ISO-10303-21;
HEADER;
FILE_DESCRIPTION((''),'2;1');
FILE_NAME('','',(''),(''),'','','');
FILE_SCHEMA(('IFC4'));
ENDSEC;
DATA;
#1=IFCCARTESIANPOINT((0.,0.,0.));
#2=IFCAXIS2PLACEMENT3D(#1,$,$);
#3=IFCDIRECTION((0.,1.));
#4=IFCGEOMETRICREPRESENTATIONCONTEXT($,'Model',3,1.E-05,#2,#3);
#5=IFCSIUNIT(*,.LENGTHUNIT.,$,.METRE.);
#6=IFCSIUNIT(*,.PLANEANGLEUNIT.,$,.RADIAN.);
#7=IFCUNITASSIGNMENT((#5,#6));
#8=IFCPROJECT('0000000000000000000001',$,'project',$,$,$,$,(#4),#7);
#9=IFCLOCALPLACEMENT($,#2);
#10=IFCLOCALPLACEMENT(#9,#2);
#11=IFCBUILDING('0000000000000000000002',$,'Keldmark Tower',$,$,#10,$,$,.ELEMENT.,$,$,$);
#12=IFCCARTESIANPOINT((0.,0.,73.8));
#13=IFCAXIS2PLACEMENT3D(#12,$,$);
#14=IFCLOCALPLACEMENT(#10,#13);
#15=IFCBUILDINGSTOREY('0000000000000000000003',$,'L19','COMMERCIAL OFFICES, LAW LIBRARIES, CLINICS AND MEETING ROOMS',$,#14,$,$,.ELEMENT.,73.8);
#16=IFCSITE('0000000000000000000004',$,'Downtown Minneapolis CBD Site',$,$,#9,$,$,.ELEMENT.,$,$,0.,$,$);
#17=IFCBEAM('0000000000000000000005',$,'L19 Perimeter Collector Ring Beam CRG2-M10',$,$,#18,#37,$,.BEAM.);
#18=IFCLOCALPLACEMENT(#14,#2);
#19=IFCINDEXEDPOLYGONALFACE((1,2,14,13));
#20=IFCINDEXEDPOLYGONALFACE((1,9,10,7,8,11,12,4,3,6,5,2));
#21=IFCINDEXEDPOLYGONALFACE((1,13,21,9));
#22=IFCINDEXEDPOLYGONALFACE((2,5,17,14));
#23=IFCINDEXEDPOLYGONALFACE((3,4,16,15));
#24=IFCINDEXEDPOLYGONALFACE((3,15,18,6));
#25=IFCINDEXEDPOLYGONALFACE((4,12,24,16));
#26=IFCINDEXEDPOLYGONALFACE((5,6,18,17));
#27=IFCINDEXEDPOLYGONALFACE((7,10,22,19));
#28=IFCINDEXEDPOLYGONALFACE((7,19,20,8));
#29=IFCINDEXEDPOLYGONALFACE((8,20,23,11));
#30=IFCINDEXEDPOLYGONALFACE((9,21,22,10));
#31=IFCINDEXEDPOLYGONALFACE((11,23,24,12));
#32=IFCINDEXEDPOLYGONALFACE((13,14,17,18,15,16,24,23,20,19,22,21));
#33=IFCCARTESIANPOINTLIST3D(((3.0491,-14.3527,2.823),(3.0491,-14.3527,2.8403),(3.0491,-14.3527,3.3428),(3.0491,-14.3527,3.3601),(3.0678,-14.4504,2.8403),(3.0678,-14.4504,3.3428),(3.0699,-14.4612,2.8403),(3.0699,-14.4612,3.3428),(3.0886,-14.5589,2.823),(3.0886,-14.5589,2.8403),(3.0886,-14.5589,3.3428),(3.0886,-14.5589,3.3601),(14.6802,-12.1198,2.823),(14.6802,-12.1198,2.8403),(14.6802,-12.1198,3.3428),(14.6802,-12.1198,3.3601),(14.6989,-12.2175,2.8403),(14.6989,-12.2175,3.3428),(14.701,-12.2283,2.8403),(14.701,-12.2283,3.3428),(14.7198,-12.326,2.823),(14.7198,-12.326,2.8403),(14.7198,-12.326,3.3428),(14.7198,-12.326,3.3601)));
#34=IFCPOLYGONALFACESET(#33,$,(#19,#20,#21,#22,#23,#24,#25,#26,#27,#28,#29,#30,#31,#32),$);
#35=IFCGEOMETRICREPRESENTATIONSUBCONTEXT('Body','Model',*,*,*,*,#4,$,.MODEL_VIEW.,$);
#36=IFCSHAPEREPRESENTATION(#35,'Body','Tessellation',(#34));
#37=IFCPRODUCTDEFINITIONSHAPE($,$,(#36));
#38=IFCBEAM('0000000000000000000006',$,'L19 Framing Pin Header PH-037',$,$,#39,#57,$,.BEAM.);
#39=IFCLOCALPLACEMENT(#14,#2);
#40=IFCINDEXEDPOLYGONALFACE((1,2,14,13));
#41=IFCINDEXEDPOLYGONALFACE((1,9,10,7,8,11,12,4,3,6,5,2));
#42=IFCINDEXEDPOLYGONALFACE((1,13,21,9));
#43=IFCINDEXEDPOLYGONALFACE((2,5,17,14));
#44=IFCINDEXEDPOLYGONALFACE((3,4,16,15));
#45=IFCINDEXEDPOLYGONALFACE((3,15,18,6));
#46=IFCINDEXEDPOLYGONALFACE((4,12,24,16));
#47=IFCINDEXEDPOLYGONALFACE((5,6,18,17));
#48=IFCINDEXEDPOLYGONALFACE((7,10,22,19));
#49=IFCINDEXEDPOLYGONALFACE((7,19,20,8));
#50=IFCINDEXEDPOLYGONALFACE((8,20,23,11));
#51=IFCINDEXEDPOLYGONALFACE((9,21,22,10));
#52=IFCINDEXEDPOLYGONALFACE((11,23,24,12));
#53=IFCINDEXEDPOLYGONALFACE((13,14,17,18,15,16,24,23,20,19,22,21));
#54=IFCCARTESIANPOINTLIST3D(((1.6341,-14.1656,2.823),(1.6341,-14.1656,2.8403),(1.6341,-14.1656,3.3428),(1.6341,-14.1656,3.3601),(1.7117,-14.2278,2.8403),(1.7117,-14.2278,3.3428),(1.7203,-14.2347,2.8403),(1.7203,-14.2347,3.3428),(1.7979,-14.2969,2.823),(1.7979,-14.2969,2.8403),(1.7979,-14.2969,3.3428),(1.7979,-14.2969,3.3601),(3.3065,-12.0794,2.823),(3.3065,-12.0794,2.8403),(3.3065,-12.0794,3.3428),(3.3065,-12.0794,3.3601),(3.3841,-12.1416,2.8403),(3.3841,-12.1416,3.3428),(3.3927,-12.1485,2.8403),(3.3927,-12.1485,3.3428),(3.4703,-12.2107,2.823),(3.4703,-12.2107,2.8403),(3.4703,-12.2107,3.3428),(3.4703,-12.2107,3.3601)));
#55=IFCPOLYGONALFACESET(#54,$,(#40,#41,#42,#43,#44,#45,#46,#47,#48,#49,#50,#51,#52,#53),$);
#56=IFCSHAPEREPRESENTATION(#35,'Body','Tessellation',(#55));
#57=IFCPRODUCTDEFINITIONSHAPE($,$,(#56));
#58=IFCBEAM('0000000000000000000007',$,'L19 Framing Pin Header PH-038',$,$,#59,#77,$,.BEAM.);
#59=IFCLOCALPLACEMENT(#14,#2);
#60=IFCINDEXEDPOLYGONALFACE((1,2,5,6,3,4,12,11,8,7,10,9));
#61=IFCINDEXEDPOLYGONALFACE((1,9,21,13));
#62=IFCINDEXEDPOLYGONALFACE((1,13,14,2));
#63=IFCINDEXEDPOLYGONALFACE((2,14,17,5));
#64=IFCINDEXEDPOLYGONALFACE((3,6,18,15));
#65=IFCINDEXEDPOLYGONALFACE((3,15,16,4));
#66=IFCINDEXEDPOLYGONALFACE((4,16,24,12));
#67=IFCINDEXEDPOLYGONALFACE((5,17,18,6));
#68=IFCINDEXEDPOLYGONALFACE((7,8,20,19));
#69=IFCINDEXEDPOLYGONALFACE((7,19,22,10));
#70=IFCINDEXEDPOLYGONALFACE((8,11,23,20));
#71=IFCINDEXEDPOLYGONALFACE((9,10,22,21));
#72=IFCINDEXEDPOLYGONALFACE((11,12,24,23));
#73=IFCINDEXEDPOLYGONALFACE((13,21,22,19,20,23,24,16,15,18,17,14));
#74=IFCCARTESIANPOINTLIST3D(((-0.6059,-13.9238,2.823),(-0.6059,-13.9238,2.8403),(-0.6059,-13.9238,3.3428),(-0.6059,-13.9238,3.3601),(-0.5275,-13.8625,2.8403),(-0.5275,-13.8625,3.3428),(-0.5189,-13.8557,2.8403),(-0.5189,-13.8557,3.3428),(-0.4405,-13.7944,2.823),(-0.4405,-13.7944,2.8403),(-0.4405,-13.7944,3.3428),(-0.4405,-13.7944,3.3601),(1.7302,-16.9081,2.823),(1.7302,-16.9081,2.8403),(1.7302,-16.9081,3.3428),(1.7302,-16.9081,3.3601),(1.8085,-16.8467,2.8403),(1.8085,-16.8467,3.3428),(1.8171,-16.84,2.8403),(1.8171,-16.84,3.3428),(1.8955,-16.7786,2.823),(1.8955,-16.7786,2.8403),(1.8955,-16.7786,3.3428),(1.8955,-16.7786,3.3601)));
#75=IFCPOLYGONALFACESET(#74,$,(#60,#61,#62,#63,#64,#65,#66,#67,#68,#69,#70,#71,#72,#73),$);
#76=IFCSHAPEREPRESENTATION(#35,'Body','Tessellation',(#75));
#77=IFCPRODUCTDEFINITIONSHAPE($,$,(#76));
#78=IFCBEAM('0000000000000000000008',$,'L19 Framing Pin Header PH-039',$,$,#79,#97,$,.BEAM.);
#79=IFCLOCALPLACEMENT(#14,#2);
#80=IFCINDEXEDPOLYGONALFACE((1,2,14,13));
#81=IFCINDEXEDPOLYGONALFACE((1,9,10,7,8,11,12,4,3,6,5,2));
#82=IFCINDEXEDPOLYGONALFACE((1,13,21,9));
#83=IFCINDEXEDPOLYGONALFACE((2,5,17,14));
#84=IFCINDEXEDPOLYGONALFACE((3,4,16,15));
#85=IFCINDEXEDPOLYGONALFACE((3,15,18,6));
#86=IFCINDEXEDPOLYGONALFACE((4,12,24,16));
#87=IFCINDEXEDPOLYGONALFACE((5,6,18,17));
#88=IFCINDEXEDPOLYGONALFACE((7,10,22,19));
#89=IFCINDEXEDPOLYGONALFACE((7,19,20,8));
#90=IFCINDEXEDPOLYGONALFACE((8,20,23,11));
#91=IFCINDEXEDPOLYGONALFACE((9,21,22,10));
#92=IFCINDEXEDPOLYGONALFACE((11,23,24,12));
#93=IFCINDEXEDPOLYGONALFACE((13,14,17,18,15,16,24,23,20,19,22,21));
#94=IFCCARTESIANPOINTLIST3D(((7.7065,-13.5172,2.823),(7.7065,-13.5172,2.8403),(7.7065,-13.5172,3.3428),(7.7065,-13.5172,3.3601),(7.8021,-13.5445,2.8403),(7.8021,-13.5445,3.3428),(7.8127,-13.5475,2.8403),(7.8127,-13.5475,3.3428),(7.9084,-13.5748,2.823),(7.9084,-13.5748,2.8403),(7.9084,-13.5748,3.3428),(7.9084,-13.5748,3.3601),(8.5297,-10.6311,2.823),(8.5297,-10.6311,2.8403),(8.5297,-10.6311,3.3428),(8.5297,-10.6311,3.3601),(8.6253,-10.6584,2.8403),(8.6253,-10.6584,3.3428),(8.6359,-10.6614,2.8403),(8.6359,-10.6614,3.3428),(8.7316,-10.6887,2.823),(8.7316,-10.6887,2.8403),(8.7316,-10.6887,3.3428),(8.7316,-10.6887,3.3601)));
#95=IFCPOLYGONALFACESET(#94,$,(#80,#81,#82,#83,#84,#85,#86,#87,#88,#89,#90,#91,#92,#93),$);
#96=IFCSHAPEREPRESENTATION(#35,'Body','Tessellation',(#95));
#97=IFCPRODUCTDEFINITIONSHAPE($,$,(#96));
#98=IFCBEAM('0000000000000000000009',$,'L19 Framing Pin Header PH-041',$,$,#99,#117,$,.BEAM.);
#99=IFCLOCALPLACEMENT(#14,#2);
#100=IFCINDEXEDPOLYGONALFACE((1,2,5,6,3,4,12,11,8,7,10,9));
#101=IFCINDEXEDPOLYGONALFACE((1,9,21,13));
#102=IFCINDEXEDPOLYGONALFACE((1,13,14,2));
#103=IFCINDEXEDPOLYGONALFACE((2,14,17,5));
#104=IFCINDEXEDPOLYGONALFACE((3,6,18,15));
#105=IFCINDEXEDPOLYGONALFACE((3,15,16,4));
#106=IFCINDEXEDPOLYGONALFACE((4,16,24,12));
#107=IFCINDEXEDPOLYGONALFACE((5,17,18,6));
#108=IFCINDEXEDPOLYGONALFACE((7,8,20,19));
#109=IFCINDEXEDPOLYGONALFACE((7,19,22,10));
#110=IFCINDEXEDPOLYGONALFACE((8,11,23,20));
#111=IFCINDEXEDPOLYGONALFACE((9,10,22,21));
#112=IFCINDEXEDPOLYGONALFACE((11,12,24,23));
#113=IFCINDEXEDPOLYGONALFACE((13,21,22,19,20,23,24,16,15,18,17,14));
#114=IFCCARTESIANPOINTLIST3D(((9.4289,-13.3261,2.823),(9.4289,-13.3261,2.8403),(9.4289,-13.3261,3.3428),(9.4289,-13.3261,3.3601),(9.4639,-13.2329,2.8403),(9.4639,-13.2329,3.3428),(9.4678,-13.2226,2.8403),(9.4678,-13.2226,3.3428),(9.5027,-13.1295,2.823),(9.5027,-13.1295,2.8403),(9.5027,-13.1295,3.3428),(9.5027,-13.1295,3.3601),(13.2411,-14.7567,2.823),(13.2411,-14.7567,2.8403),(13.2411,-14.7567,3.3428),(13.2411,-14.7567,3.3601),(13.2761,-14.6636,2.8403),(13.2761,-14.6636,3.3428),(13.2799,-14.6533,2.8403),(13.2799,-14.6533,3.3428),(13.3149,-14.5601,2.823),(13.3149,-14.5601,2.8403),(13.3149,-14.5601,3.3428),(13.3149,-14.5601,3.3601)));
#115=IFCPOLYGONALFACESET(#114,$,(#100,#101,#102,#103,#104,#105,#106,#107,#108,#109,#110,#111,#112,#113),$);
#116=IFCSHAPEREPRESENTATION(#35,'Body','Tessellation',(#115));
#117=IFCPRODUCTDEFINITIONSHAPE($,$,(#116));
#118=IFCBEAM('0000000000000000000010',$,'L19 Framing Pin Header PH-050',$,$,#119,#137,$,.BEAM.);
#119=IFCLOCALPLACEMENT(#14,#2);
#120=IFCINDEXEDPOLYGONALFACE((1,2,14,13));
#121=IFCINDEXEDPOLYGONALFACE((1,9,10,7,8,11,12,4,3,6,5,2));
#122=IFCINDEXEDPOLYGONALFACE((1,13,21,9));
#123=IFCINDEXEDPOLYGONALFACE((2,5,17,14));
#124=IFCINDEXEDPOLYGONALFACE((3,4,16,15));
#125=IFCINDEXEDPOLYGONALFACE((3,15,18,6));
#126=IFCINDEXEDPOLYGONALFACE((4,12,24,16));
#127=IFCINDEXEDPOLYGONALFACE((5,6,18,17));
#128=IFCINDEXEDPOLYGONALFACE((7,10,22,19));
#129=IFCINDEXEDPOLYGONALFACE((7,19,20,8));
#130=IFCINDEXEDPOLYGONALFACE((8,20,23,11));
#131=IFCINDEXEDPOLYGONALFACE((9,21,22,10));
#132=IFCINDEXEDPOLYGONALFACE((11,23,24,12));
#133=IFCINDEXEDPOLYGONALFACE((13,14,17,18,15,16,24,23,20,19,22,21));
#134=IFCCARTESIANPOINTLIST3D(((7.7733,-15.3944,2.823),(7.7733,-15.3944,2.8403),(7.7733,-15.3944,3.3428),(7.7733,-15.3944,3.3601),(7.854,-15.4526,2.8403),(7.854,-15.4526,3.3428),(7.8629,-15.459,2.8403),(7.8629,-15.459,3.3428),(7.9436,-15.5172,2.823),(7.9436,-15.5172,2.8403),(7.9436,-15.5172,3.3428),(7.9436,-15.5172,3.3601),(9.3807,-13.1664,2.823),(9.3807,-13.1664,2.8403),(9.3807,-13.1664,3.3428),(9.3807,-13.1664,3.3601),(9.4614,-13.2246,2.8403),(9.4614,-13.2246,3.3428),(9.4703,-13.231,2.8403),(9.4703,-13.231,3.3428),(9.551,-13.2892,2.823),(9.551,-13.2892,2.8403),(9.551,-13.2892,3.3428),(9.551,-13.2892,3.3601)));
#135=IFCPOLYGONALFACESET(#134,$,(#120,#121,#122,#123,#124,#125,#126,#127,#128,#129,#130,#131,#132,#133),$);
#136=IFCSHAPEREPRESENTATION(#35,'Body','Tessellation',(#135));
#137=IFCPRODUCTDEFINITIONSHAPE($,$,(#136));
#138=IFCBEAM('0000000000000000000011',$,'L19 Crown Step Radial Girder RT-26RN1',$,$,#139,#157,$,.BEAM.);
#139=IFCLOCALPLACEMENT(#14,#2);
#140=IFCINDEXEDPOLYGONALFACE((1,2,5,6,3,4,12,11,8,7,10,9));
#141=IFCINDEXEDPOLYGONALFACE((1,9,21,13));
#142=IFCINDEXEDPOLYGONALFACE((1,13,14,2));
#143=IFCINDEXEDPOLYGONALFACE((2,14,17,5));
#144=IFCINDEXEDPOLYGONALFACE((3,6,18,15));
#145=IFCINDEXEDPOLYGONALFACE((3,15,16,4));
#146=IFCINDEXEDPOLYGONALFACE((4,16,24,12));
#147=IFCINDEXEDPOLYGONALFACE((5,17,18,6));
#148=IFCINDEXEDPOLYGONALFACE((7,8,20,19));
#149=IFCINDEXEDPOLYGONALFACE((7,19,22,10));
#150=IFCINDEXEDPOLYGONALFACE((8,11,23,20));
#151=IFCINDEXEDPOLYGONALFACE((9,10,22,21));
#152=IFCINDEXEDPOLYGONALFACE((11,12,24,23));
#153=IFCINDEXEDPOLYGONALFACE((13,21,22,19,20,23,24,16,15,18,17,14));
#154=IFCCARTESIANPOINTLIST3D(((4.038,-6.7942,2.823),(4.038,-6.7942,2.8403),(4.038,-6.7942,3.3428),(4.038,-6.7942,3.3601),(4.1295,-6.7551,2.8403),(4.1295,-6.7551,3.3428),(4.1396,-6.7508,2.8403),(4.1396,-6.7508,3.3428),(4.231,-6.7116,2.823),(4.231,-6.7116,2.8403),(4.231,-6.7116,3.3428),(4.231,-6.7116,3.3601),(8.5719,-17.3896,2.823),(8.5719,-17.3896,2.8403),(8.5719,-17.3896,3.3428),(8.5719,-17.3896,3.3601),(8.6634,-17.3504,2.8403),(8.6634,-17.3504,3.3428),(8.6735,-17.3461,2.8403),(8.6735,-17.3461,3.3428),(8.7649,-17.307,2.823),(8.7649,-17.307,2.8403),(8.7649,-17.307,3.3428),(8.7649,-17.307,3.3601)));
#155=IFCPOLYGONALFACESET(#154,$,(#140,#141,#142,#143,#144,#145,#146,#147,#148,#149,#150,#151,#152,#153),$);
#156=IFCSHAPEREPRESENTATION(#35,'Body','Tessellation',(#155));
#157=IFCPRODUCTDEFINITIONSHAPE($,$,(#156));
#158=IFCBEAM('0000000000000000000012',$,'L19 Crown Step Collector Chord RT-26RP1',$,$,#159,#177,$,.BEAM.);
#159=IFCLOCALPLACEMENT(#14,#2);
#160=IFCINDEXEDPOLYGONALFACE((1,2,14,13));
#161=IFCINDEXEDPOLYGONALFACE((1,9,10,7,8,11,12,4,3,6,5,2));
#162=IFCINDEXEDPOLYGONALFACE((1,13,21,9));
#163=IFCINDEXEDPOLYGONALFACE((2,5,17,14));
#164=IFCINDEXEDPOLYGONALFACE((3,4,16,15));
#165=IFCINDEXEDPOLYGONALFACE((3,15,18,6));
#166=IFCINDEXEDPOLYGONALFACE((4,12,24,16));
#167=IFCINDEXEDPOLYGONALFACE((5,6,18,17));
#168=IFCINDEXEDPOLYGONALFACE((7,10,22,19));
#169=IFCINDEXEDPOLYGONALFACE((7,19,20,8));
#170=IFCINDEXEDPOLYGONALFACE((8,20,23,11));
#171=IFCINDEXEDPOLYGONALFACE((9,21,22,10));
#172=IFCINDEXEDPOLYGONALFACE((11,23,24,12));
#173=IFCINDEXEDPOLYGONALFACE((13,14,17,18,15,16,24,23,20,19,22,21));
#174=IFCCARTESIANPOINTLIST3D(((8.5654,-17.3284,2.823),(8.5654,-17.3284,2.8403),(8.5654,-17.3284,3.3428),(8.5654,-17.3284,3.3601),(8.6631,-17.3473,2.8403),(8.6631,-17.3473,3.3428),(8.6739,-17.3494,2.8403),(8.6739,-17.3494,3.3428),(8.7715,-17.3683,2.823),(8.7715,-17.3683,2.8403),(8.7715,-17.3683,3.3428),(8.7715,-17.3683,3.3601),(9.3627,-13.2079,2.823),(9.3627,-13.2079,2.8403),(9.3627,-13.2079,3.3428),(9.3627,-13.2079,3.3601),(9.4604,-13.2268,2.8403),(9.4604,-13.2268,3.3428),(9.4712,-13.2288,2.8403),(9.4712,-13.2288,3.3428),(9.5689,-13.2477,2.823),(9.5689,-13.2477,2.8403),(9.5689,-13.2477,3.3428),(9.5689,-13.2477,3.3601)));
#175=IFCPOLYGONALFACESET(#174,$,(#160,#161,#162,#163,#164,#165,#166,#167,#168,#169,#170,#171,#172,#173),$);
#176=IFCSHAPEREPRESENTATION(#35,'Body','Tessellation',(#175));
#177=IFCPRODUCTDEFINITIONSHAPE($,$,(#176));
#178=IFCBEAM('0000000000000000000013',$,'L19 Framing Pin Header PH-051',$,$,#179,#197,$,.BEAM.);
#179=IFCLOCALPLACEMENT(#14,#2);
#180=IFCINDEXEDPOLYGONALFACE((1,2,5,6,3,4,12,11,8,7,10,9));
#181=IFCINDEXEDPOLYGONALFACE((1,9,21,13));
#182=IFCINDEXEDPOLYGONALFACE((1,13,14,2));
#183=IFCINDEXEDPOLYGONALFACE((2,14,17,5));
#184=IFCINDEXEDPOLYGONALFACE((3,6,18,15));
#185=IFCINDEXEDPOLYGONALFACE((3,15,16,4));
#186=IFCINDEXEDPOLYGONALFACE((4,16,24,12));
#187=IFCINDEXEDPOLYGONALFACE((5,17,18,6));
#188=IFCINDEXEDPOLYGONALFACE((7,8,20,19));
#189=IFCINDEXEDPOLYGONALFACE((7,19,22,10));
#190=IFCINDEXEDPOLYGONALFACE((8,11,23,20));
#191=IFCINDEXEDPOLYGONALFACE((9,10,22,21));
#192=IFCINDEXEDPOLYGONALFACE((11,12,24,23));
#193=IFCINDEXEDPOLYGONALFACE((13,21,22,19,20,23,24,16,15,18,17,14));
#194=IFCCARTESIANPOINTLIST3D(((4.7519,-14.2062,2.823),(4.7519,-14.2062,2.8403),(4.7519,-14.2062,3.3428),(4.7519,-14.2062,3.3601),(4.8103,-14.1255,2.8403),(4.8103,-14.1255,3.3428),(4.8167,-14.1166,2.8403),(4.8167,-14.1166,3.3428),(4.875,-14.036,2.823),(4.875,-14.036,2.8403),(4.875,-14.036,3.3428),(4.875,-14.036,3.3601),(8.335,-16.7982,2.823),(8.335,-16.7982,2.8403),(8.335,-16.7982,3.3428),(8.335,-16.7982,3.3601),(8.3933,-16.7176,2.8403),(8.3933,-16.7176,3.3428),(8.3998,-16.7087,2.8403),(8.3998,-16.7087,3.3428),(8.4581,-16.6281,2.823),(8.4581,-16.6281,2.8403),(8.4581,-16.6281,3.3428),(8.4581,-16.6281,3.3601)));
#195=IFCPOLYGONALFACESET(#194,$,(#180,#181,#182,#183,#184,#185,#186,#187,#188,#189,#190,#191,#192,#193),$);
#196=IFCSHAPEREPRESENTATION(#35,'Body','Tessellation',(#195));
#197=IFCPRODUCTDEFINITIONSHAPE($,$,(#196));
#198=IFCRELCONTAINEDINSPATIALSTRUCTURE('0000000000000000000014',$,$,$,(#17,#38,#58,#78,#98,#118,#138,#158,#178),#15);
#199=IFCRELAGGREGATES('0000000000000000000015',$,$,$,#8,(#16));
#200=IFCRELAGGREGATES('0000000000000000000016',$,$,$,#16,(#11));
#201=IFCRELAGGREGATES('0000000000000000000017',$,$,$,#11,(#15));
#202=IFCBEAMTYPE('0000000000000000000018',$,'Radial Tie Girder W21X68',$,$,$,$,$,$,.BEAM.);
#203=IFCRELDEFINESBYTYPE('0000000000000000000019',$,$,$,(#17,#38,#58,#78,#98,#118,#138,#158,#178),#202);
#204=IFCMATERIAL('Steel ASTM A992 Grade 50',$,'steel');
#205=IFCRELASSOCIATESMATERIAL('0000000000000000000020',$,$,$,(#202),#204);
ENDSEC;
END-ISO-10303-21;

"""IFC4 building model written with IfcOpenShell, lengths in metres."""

from ifc_helpers import new_model, si_unit, direction, frame, origin, origin_2d, place, context, subcontext, project, spatial, i_section, extrude, material, material_profile, profile_set, type_object, element, save


model = new_model("IFC4")

# Units and contexts
model_context = context("Model", 3, precision=1e-05, world=origin(), true_north=direction((0.0, 1.0)))
body_context = subcontext(model_context, "Body", "Model", "MODEL_VIEW")
ifc_project = project(units=[si_unit("LENGTHUNIT", "METRE"), si_unit("PLANEANGLEUNIT", "RADIAN")], contexts=[model_context])

# Site, building, storey
site_placement = place(None, origin())
site = spatial("IfcSite", under=ifc_project, at=site_placement, Name="Downtown Minneapolis CBD Site", CompositionType="ELEMENT", RefElevation=0.0)
building_placement = place(site_placement, origin())
building = spatial("IfcBuilding", under=site, at=building_placement, Name="Keldmark Tower", CompositionType="ELEMENT")
storey_placement = place(building_placement, frame((0.0, 0.0, 73.8)))
storey = spatial("IfcBuildingStorey", under=building, at=storey_placement, Name="L19", Description="COMMERCIAL OFFICES, LAW LIBRARIES, CLINICS AND MEETING ROOMS", CompositionType="ELEMENT", Elevation=73.8)

# Beams
ifc_material_1 = material(Name="Steel ASTM A992 Grade 50", Category="steel")
ifc_material_profile_1 = material_profile(ifc_material_1, i_section(OverallWidth=0.21, OverallDepth=0.5371, WebThickness=0.011, FlangeThickness=0.0173, at=origin_2d()), Name="W21X68")
ifc_profile_set_1 = profile_set([ifc_material_profile_1], Name="Steel ASTM A992 Grade 50")
beam_type_1 = type_object("IfcBeamType", Name="Radial Tie Girder W21X68", PredefinedType="BEAM", material=ifc_profile_set_1)
beam_1_placement = place(storey_placement, frame((3.0688, -14.4558, 3.0916), z_axis=(0.982067, 0.188535, 0.0), x_axis=(-0.188535, 0.982067, 0.0)))
element("IfcBeam", 1, at=beam_1_placement, inside=storey, type_object=beam_type_1, Name="L19 Perimeter Collector Ring Beam CRG2-M10", PredefinedType="BEAM", context=body_context, shape_type="SweptSolid", body=[
    extrude(i_section(OverallWidth=0.21, OverallDepth=0.5371, WebThickness=0.011, FlangeThickness=0.0173, at=origin_2d()), origin(), (0.0, 0.0, 1.0), 11.8435),
])
beam_2_placement = place(storey_placement, frame((3.3884, -12.145, 3.0916), z_axis=(-0.625474, -0.780245, 0.0), x_axis=(0.780245, -0.625474, 0.0)))
element("IfcBeam", 2, at=beam_2_placement, inside=storey, type_object=beam_type_1, Name="L19 Framing Pin Header PH-037", PredefinedType="BEAM", context=body_context, shape_type="SweptSolid", body=[
    extrude(i_section(OverallWidth=0.21, OverallDepth=0.5371, WebThickness=0.011, FlangeThickness=0.0173, at=origin_2d()), origin(), (0.0, 0.0, 1.0), 2.6738),
])
beam_3_placement = place(storey_placement, frame((-0.5232, -13.8591, 3.0916), z_axis=(0.616395, -0.787437, 0.0), x_axis=(0.787437, 0.616395, 0.0)))
element("IfcBeam", 3, at=beam_3_placement, inside=storey, type_object=beam_type_1, Name="L19 Framing Pin Header PH-038", PredefinedType="BEAM", context=body_context, shape_type="SweptSolid", body=[
    extrude(i_section(OverallWidth=0.21, OverallDepth=0.5371, WebThickness=0.011, FlangeThickness=0.0173, at=origin_2d()), origin(), (0.0, 0.0, 1.0), 3.7898),
])
beam_4_placement = place(storey_placement, frame((8.6306, -10.6599, 3.0916), z_axis=(-0.274291, -0.961647, 0.0), x_axis=(0.961647, -0.274291, 0.0)))
element("IfcBeam", 4, at=beam_4_placement, inside=storey, type_object=beam_type_1, Name="L19 Framing Pin Header PH-039", PredefinedType="BEAM", context=body_context, shape_type="SweptSolid", body=[
    extrude(i_section(OverallWidth=0.21, OverallDepth=0.5371, WebThickness=0.011, FlangeThickness=0.0173, at=origin_2d()), origin(), (0.0, 0.0, 1.0), 3.0012),
])
beam_5_placement = place(storey_placement, frame((9.4658, -13.2278, 3.0916), z_axis=(0.936243, -0.351353, 0.0), x_axis=(0.351353, 0.936243, 0.0)))
element("IfcBeam", 5, at=beam_5_placement, inside=storey, type_object=beam_type_1, Name="L19 Framing Pin Header PH-041", PredefinedType="BEAM", context=body_context, shape_type="SweptSolid", body=[
    extrude(i_section(OverallWidth=0.21, OverallDepth=0.5371, WebThickness=0.011, FlangeThickness=0.0173, at=origin_2d()), origin(), (0.0, 0.0, 1.0), 4.0718),
])
beam_6_placement = place(storey_placement, frame((9.4658, -13.2278, 3.0916), z_axis=(-0.585082, -0.810974, 0.0), x_axis=(0.810974, -0.585082, 0.0)))
element("IfcBeam", 6, at=beam_6_placement, inside=storey, type_object=beam_type_1, Name="L19 Framing Pin Header PH-050", PredefinedType="BEAM", context=body_context, shape_type="SweptSolid", body=[
    extrude(i_section(OverallWidth=0.21, OverallDepth=0.5371, WebThickness=0.011, FlangeThickness=0.0173, at=origin_2d()), origin(), (0.0, 0.0, 1.0), 2.7473),
])
beam_7_placement = place(storey_placement, frame((4.1345, -6.7529, 3.0916), z_axis=(0.393408, -0.919364, 0.0), x_axis=(0.919364, 0.393408, 0.0)))
element("IfcBeam", 7, at=beam_7_placement, inside=storey, type_object=beam_type_1, Name="L19 Crown Step Radial Girder RT-26RN1", PredefinedType="BEAM", context=body_context, shape_type="SweptSolid", body=[
    extrude(i_section(OverallWidth=0.21, OverallDepth=0.5371, WebThickness=0.011, FlangeThickness=0.0173, at=origin_2d()), origin(), (0.0, 0.0, 1.0), 11.5247),
])
beam_8_placement = place(storey_placement, frame((8.6685, -17.3484, 3.0916), z_axis=(0.189982, 0.981788, 0.0), x_axis=(-0.981788, 0.189982, 0.0)))
element("IfcBeam", 8, at=beam_8_placement, inside=storey, type_object=beam_type_1, Name="L19 Crown Step Collector Chord RT-26RP1", PredefinedType="BEAM", context=body_context, shape_type="SweptSolid", body=[
    extrude(i_section(OverallWidth=0.21, OverallDepth=0.5371, WebThickness=0.011, FlangeThickness=0.0173, at=origin_2d()), origin(), (0.0, 0.0, 1.0), 4.197),
])
beam_9_placement = place(storey_placement, frame((4.8135, -14.1211, 3.0916), z_axis=(0.810216, -0.586131, 0.0), x_axis=(0.586131, 0.810216, 0.0)))
element("IfcBeam", 9, at=beam_9_placement, inside=storey, type_object=beam_type_1, Name="L19 Framing Pin Header PH-051", PredefinedType="BEAM", context=body_context, shape_type="SweptSolid", body=[
    extrude(i_section(OverallWidth=0.21, OverallDepth=0.5371, WebThickness=0.011, FlangeThickness=0.0173, at=origin_2d()), origin(), (0.0, 0.0, 1.0), 4.4224),
])

save(model, "model.ifc")
